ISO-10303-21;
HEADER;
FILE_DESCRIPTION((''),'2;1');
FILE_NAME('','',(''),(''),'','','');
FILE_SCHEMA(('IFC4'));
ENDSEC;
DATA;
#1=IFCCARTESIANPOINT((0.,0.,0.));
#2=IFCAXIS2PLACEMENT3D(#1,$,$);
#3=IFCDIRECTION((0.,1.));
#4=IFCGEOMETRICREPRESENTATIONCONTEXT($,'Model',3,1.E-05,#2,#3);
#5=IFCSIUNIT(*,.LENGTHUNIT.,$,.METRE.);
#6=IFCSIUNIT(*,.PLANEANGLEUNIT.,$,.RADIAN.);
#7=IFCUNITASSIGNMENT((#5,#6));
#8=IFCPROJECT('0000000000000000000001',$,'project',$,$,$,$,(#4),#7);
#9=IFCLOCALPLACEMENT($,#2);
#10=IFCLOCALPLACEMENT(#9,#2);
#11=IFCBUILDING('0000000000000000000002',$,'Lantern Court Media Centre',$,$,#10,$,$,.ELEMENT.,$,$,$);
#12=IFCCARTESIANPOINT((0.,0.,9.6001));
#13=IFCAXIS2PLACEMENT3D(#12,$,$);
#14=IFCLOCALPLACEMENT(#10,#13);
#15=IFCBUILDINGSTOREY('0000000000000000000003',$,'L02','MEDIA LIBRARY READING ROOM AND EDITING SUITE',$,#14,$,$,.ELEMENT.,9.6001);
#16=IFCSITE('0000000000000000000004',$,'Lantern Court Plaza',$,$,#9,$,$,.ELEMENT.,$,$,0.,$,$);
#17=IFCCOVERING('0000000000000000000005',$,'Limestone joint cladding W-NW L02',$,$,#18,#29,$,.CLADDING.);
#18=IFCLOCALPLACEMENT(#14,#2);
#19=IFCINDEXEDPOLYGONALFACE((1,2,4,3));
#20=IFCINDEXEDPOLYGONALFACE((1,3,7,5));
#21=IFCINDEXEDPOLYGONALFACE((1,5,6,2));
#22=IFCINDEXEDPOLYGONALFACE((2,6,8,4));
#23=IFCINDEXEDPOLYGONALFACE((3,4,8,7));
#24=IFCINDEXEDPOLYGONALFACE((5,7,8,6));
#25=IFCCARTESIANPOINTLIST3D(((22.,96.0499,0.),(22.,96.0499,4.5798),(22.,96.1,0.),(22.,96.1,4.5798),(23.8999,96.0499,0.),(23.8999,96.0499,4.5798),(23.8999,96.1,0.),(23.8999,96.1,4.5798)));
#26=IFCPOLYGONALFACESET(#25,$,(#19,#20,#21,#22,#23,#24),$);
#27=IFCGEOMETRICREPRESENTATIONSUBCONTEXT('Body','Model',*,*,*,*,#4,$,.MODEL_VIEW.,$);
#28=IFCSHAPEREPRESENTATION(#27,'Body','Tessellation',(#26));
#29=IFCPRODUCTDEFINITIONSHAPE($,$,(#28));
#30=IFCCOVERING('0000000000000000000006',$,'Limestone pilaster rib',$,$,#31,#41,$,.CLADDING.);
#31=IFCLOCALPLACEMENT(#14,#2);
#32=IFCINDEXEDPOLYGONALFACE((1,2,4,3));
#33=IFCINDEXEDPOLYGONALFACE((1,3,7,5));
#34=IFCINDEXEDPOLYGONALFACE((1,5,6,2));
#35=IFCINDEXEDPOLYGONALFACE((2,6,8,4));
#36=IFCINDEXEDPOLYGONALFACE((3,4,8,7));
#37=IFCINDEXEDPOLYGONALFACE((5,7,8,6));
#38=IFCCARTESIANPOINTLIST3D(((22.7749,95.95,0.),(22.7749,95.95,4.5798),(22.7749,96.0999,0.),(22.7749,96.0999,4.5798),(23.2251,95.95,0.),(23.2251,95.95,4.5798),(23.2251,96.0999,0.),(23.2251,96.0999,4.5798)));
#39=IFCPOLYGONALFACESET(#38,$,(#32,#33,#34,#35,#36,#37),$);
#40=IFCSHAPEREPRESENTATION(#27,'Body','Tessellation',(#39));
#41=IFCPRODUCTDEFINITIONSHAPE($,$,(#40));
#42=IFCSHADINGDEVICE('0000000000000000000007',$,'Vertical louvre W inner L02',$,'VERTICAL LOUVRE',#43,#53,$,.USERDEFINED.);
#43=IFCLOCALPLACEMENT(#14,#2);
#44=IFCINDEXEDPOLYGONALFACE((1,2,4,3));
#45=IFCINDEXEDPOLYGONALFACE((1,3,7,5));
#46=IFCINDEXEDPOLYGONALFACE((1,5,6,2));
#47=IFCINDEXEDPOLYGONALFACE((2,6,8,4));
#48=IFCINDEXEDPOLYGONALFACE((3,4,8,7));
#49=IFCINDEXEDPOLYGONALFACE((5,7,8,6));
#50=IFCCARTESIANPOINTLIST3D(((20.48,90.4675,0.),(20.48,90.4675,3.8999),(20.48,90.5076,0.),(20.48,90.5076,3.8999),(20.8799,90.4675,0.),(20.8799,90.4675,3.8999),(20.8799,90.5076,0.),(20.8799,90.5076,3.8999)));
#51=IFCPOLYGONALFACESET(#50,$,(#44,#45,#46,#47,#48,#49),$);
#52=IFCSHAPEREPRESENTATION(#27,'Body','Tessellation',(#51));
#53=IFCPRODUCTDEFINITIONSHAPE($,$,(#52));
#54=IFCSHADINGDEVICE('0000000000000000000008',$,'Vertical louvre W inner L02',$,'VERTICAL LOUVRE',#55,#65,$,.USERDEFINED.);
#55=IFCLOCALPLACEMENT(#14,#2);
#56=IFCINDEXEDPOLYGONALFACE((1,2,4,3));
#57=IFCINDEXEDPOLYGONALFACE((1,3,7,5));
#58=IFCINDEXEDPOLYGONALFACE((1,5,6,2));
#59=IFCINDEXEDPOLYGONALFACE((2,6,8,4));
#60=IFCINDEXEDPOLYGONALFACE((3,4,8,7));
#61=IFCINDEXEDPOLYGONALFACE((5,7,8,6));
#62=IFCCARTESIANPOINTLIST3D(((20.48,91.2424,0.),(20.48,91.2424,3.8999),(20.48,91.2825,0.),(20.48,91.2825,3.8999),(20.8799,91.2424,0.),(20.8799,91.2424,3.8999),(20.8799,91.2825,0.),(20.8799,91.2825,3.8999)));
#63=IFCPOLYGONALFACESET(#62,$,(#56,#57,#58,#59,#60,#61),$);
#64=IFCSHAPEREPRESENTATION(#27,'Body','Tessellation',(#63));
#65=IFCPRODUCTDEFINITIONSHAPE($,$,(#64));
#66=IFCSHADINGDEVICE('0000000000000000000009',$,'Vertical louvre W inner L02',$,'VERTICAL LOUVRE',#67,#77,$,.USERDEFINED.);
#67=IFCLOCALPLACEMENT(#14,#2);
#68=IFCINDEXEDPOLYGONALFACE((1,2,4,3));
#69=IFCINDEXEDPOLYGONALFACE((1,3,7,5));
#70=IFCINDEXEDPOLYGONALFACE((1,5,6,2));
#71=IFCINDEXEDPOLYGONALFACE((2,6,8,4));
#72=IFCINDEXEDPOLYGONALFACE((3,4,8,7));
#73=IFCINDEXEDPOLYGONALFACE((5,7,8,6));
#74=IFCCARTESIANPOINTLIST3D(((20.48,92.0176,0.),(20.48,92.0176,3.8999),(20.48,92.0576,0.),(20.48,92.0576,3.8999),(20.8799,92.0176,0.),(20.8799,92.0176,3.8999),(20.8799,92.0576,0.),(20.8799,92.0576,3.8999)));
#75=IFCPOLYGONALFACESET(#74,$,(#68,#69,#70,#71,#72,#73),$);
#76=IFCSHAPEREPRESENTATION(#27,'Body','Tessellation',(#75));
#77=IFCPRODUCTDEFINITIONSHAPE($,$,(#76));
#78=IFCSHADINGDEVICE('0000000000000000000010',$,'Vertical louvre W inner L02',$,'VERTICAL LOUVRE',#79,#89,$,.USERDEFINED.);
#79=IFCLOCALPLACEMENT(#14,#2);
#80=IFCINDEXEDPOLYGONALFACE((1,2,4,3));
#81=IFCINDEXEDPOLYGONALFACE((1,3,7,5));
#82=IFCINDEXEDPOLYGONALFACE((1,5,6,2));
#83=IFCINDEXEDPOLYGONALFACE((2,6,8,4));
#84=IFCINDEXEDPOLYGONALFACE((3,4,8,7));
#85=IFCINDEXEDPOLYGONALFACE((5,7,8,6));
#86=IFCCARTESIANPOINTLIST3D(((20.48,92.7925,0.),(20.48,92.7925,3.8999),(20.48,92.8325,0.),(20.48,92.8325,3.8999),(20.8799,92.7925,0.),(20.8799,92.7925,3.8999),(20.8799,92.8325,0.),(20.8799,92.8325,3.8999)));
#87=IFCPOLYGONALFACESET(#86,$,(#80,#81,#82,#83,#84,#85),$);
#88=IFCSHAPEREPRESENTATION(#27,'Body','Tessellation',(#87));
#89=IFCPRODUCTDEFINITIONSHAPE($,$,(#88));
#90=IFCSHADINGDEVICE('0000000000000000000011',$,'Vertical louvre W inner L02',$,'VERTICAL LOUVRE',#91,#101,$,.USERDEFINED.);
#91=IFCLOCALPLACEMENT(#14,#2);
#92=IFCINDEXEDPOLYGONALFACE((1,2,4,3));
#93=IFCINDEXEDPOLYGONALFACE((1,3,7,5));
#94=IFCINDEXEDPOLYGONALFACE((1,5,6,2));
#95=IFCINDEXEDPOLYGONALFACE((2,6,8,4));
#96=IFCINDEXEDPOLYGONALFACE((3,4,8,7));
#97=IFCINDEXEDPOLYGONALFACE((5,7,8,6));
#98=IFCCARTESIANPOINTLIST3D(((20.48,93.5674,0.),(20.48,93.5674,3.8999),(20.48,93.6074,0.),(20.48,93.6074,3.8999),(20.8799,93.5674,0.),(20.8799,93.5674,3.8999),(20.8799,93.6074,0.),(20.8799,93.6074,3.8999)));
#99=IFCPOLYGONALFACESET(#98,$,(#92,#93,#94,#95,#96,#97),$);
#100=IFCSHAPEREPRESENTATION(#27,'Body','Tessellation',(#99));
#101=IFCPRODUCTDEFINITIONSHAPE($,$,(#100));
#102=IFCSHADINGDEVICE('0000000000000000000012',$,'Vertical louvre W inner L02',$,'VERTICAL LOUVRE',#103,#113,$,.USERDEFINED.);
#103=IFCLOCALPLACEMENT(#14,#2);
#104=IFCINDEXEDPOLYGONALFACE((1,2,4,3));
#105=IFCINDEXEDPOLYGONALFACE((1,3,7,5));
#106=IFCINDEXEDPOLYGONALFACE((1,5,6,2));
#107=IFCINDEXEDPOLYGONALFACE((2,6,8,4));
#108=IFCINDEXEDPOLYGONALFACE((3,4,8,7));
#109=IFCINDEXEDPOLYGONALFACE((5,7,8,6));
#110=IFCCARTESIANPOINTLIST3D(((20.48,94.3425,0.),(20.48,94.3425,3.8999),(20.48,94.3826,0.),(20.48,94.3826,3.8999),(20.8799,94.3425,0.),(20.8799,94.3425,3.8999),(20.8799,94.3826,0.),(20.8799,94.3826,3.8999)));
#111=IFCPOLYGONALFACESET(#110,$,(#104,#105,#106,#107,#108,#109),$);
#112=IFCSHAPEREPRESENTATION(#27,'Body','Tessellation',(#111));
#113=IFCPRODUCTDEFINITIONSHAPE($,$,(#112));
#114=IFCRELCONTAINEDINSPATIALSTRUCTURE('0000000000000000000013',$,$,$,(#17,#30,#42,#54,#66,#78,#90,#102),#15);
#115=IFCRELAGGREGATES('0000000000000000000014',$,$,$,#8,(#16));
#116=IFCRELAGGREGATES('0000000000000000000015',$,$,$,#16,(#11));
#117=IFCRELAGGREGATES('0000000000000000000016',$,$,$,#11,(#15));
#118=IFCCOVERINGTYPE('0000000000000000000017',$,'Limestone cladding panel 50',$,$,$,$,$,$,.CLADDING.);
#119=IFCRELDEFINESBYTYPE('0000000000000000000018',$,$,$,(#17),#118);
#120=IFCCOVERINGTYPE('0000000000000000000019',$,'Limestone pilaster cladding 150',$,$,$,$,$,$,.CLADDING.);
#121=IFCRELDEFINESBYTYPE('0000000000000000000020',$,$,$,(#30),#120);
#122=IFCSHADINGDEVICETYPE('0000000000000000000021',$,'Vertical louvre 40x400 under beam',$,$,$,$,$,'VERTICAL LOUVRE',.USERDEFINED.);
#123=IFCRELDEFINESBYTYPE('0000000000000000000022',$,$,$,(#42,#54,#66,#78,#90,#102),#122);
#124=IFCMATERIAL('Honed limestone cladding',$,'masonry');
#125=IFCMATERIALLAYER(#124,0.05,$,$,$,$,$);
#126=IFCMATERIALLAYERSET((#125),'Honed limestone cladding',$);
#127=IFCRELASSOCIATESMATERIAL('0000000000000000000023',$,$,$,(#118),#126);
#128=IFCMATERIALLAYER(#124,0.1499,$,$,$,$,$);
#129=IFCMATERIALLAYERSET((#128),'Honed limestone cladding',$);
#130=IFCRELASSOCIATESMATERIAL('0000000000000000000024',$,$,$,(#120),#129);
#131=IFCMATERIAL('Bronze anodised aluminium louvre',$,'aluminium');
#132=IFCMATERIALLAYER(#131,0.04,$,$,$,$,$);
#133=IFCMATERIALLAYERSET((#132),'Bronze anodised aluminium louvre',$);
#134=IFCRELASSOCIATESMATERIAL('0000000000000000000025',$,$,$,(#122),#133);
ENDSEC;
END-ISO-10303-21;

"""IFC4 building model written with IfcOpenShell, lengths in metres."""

from ifc_helpers import new_model, si_unit, direction, frame, frame_2d, origin, origin_2d, place, context, subcontext, project, spatial, rectangle, extrude, material, layer, layer_set, type_object, element, save


model = new_model("IFC4")

# Units and contexts
model_context = context("Model", 3, precision=1e-05, world=origin(), true_north=direction((0.0, 1.0)))
body_context = subcontext(model_context, "Body", "Model", "MODEL_VIEW")
ifc_project = project(units=[si_unit("LENGTHUNIT", "METRE"), si_unit("PLANEANGLEUNIT", "RADIAN")], contexts=[model_context])

# Site, building, storey
site_placement = place(None, origin())
site = spatial("IfcSite", under=ifc_project, at=site_placement, Name="Lantern Court Plaza", CompositionType="ELEMENT", RefElevation=0.0)
building_placement = place(site_placement, origin())
building = spatial("IfcBuilding", under=site, at=building_placement, Name="Lantern Court Media Centre", CompositionType="ELEMENT")
storey_placement = place(building_placement, frame((0.0, 0.0, 9.6001)))
storey = spatial("IfcBuildingStorey", under=building, at=storey_placement, Name="L02", Description="MEDIA LIBRARY READING ROOM AND EDITING SUITE", CompositionType="ELEMENT", Elevation=9.6001)

# Coverings
ifc_material_1 = material(Name="Honed limestone cladding", Category="masonry")
ifc_layer_1 = layer(ifc_material_1, 0.05)
ifc_layer_set_1 = layer_set([ifc_layer_1], Name="Honed limestone cladding")
covering_type_1 = type_object("IfcCoveringType", Name="Limestone cladding panel 50", PredefinedType="CLADDING", material=ifc_layer_set_1)
covering_1_placement = place(storey_placement, frame((22.0, 96.075, 0.0), z_axis=(0.0, 0.0, 1.0), x_axis=(1.0, 0.0, 0.0)))
element("IfcCovering", 1, at=covering_1_placement, inside=storey, type_object=covering_type_1, Name="Limestone joint cladding W-NW L02", PredefinedType="CLADDING", context=body_context, shape_type="SweptSolid", body=[
    extrude(rectangle(XDim=1.8999, YDim=0.05, at=frame_2d((0.95, 0.0))), origin(), (0.0, 0.0, 1.0), 4.5798),
])
ifc_layer_2 = layer(ifc_material_1, 0.1499)
ifc_layer_set_2 = layer_set([ifc_layer_2], Name="Honed limestone cladding")
covering_type_2 = type_object("IfcCoveringType", Name="Limestone pilaster cladding 150", PredefinedType="CLADDING", material=ifc_layer_set_2)
covering_2_placement = place(storey_placement, frame((22.7749, 96.0249, 0.0), z_axis=(0.0, 0.0, 1.0), x_axis=(1.0, 0.0, 0.0)))
element("IfcCovering", 2, at=covering_2_placement, inside=storey, type_object=covering_type_2, Name="Limestone pilaster rib", PredefinedType="CLADDING", context=body_context, shape_type="SweptSolid", body=[
    extrude(rectangle(XDim=0.4502, YDim=0.1499, at=frame_2d((0.2251, 0.0))), origin(), (0.0, 0.0, 1.0), 4.5798),
])

# Shading devices
ifc_material_2 = material(Name="Bronze anodised aluminium louvre", Category="aluminium")
ifc_layer_3 = layer(ifc_material_2, 0.04)
ifc_layer_set_3 = layer_set([ifc_layer_3], Name="Bronze anodised aluminium louvre")
shading_device_type = type_object("IfcShadingDeviceType", Name="Vertical louvre 40x400 under beam", ElementType="VERTICAL LOUVRE", PredefinedType="USERDEFINED", material=ifc_layer_set_3)
for number, where, z_axis, x_axis, name in (
    (3, (20.6799, 90.4875, 0.0), (0.0, 0.0, 1.0), (1.0, 0.0, 0.0), "Vertical louvre W inner L02"),
    (4, (20.6799, 91.2625, 0.0), (0.0, 0.0, 1.0), (1.0, 0.0, 0.0), "Vertical louvre W inner L02"),
    (5, (20.6799, 92.0376, 0.0), (0.0, 0.0, 1.0), (1.0, 0.0, 0.0), "Vertical louvre W inner L02"),
    (6, (20.6799, 92.8125, 0.0), (0.0, 0.0, 1.0), (1.0, 0.0, 0.0), "Vertical louvre W inner L02"),
    (7, (20.6799, 93.5874, 0.0), (0.0, 0.0, 1.0), (1.0, 0.0, 0.0), "Vertical louvre W inner L02"),
    (8, (20.6799, 94.3625, 0.0), (0.0, 0.0, 1.0), (1.0, 0.0, 0.0), "Vertical louvre W inner L02"),
):
    element("IfcShadingDevice", number, at=place(storey_placement, frame(where, z_axis=z_axis, x_axis=x_axis)), inside=storey, type_object=shading_device_type, Name=name, ObjectType="VERTICAL LOUVRE", PredefinedType="USERDEFINED", context=body_context, shape_type="SweptSolid", body=[
        extrude(rectangle(XDim=0.3999, YDim=0.04, at=origin_2d()), origin(), (0.0, 0.0, 1.0), 3.8999),
    ])

save(model, "model.ifc")
